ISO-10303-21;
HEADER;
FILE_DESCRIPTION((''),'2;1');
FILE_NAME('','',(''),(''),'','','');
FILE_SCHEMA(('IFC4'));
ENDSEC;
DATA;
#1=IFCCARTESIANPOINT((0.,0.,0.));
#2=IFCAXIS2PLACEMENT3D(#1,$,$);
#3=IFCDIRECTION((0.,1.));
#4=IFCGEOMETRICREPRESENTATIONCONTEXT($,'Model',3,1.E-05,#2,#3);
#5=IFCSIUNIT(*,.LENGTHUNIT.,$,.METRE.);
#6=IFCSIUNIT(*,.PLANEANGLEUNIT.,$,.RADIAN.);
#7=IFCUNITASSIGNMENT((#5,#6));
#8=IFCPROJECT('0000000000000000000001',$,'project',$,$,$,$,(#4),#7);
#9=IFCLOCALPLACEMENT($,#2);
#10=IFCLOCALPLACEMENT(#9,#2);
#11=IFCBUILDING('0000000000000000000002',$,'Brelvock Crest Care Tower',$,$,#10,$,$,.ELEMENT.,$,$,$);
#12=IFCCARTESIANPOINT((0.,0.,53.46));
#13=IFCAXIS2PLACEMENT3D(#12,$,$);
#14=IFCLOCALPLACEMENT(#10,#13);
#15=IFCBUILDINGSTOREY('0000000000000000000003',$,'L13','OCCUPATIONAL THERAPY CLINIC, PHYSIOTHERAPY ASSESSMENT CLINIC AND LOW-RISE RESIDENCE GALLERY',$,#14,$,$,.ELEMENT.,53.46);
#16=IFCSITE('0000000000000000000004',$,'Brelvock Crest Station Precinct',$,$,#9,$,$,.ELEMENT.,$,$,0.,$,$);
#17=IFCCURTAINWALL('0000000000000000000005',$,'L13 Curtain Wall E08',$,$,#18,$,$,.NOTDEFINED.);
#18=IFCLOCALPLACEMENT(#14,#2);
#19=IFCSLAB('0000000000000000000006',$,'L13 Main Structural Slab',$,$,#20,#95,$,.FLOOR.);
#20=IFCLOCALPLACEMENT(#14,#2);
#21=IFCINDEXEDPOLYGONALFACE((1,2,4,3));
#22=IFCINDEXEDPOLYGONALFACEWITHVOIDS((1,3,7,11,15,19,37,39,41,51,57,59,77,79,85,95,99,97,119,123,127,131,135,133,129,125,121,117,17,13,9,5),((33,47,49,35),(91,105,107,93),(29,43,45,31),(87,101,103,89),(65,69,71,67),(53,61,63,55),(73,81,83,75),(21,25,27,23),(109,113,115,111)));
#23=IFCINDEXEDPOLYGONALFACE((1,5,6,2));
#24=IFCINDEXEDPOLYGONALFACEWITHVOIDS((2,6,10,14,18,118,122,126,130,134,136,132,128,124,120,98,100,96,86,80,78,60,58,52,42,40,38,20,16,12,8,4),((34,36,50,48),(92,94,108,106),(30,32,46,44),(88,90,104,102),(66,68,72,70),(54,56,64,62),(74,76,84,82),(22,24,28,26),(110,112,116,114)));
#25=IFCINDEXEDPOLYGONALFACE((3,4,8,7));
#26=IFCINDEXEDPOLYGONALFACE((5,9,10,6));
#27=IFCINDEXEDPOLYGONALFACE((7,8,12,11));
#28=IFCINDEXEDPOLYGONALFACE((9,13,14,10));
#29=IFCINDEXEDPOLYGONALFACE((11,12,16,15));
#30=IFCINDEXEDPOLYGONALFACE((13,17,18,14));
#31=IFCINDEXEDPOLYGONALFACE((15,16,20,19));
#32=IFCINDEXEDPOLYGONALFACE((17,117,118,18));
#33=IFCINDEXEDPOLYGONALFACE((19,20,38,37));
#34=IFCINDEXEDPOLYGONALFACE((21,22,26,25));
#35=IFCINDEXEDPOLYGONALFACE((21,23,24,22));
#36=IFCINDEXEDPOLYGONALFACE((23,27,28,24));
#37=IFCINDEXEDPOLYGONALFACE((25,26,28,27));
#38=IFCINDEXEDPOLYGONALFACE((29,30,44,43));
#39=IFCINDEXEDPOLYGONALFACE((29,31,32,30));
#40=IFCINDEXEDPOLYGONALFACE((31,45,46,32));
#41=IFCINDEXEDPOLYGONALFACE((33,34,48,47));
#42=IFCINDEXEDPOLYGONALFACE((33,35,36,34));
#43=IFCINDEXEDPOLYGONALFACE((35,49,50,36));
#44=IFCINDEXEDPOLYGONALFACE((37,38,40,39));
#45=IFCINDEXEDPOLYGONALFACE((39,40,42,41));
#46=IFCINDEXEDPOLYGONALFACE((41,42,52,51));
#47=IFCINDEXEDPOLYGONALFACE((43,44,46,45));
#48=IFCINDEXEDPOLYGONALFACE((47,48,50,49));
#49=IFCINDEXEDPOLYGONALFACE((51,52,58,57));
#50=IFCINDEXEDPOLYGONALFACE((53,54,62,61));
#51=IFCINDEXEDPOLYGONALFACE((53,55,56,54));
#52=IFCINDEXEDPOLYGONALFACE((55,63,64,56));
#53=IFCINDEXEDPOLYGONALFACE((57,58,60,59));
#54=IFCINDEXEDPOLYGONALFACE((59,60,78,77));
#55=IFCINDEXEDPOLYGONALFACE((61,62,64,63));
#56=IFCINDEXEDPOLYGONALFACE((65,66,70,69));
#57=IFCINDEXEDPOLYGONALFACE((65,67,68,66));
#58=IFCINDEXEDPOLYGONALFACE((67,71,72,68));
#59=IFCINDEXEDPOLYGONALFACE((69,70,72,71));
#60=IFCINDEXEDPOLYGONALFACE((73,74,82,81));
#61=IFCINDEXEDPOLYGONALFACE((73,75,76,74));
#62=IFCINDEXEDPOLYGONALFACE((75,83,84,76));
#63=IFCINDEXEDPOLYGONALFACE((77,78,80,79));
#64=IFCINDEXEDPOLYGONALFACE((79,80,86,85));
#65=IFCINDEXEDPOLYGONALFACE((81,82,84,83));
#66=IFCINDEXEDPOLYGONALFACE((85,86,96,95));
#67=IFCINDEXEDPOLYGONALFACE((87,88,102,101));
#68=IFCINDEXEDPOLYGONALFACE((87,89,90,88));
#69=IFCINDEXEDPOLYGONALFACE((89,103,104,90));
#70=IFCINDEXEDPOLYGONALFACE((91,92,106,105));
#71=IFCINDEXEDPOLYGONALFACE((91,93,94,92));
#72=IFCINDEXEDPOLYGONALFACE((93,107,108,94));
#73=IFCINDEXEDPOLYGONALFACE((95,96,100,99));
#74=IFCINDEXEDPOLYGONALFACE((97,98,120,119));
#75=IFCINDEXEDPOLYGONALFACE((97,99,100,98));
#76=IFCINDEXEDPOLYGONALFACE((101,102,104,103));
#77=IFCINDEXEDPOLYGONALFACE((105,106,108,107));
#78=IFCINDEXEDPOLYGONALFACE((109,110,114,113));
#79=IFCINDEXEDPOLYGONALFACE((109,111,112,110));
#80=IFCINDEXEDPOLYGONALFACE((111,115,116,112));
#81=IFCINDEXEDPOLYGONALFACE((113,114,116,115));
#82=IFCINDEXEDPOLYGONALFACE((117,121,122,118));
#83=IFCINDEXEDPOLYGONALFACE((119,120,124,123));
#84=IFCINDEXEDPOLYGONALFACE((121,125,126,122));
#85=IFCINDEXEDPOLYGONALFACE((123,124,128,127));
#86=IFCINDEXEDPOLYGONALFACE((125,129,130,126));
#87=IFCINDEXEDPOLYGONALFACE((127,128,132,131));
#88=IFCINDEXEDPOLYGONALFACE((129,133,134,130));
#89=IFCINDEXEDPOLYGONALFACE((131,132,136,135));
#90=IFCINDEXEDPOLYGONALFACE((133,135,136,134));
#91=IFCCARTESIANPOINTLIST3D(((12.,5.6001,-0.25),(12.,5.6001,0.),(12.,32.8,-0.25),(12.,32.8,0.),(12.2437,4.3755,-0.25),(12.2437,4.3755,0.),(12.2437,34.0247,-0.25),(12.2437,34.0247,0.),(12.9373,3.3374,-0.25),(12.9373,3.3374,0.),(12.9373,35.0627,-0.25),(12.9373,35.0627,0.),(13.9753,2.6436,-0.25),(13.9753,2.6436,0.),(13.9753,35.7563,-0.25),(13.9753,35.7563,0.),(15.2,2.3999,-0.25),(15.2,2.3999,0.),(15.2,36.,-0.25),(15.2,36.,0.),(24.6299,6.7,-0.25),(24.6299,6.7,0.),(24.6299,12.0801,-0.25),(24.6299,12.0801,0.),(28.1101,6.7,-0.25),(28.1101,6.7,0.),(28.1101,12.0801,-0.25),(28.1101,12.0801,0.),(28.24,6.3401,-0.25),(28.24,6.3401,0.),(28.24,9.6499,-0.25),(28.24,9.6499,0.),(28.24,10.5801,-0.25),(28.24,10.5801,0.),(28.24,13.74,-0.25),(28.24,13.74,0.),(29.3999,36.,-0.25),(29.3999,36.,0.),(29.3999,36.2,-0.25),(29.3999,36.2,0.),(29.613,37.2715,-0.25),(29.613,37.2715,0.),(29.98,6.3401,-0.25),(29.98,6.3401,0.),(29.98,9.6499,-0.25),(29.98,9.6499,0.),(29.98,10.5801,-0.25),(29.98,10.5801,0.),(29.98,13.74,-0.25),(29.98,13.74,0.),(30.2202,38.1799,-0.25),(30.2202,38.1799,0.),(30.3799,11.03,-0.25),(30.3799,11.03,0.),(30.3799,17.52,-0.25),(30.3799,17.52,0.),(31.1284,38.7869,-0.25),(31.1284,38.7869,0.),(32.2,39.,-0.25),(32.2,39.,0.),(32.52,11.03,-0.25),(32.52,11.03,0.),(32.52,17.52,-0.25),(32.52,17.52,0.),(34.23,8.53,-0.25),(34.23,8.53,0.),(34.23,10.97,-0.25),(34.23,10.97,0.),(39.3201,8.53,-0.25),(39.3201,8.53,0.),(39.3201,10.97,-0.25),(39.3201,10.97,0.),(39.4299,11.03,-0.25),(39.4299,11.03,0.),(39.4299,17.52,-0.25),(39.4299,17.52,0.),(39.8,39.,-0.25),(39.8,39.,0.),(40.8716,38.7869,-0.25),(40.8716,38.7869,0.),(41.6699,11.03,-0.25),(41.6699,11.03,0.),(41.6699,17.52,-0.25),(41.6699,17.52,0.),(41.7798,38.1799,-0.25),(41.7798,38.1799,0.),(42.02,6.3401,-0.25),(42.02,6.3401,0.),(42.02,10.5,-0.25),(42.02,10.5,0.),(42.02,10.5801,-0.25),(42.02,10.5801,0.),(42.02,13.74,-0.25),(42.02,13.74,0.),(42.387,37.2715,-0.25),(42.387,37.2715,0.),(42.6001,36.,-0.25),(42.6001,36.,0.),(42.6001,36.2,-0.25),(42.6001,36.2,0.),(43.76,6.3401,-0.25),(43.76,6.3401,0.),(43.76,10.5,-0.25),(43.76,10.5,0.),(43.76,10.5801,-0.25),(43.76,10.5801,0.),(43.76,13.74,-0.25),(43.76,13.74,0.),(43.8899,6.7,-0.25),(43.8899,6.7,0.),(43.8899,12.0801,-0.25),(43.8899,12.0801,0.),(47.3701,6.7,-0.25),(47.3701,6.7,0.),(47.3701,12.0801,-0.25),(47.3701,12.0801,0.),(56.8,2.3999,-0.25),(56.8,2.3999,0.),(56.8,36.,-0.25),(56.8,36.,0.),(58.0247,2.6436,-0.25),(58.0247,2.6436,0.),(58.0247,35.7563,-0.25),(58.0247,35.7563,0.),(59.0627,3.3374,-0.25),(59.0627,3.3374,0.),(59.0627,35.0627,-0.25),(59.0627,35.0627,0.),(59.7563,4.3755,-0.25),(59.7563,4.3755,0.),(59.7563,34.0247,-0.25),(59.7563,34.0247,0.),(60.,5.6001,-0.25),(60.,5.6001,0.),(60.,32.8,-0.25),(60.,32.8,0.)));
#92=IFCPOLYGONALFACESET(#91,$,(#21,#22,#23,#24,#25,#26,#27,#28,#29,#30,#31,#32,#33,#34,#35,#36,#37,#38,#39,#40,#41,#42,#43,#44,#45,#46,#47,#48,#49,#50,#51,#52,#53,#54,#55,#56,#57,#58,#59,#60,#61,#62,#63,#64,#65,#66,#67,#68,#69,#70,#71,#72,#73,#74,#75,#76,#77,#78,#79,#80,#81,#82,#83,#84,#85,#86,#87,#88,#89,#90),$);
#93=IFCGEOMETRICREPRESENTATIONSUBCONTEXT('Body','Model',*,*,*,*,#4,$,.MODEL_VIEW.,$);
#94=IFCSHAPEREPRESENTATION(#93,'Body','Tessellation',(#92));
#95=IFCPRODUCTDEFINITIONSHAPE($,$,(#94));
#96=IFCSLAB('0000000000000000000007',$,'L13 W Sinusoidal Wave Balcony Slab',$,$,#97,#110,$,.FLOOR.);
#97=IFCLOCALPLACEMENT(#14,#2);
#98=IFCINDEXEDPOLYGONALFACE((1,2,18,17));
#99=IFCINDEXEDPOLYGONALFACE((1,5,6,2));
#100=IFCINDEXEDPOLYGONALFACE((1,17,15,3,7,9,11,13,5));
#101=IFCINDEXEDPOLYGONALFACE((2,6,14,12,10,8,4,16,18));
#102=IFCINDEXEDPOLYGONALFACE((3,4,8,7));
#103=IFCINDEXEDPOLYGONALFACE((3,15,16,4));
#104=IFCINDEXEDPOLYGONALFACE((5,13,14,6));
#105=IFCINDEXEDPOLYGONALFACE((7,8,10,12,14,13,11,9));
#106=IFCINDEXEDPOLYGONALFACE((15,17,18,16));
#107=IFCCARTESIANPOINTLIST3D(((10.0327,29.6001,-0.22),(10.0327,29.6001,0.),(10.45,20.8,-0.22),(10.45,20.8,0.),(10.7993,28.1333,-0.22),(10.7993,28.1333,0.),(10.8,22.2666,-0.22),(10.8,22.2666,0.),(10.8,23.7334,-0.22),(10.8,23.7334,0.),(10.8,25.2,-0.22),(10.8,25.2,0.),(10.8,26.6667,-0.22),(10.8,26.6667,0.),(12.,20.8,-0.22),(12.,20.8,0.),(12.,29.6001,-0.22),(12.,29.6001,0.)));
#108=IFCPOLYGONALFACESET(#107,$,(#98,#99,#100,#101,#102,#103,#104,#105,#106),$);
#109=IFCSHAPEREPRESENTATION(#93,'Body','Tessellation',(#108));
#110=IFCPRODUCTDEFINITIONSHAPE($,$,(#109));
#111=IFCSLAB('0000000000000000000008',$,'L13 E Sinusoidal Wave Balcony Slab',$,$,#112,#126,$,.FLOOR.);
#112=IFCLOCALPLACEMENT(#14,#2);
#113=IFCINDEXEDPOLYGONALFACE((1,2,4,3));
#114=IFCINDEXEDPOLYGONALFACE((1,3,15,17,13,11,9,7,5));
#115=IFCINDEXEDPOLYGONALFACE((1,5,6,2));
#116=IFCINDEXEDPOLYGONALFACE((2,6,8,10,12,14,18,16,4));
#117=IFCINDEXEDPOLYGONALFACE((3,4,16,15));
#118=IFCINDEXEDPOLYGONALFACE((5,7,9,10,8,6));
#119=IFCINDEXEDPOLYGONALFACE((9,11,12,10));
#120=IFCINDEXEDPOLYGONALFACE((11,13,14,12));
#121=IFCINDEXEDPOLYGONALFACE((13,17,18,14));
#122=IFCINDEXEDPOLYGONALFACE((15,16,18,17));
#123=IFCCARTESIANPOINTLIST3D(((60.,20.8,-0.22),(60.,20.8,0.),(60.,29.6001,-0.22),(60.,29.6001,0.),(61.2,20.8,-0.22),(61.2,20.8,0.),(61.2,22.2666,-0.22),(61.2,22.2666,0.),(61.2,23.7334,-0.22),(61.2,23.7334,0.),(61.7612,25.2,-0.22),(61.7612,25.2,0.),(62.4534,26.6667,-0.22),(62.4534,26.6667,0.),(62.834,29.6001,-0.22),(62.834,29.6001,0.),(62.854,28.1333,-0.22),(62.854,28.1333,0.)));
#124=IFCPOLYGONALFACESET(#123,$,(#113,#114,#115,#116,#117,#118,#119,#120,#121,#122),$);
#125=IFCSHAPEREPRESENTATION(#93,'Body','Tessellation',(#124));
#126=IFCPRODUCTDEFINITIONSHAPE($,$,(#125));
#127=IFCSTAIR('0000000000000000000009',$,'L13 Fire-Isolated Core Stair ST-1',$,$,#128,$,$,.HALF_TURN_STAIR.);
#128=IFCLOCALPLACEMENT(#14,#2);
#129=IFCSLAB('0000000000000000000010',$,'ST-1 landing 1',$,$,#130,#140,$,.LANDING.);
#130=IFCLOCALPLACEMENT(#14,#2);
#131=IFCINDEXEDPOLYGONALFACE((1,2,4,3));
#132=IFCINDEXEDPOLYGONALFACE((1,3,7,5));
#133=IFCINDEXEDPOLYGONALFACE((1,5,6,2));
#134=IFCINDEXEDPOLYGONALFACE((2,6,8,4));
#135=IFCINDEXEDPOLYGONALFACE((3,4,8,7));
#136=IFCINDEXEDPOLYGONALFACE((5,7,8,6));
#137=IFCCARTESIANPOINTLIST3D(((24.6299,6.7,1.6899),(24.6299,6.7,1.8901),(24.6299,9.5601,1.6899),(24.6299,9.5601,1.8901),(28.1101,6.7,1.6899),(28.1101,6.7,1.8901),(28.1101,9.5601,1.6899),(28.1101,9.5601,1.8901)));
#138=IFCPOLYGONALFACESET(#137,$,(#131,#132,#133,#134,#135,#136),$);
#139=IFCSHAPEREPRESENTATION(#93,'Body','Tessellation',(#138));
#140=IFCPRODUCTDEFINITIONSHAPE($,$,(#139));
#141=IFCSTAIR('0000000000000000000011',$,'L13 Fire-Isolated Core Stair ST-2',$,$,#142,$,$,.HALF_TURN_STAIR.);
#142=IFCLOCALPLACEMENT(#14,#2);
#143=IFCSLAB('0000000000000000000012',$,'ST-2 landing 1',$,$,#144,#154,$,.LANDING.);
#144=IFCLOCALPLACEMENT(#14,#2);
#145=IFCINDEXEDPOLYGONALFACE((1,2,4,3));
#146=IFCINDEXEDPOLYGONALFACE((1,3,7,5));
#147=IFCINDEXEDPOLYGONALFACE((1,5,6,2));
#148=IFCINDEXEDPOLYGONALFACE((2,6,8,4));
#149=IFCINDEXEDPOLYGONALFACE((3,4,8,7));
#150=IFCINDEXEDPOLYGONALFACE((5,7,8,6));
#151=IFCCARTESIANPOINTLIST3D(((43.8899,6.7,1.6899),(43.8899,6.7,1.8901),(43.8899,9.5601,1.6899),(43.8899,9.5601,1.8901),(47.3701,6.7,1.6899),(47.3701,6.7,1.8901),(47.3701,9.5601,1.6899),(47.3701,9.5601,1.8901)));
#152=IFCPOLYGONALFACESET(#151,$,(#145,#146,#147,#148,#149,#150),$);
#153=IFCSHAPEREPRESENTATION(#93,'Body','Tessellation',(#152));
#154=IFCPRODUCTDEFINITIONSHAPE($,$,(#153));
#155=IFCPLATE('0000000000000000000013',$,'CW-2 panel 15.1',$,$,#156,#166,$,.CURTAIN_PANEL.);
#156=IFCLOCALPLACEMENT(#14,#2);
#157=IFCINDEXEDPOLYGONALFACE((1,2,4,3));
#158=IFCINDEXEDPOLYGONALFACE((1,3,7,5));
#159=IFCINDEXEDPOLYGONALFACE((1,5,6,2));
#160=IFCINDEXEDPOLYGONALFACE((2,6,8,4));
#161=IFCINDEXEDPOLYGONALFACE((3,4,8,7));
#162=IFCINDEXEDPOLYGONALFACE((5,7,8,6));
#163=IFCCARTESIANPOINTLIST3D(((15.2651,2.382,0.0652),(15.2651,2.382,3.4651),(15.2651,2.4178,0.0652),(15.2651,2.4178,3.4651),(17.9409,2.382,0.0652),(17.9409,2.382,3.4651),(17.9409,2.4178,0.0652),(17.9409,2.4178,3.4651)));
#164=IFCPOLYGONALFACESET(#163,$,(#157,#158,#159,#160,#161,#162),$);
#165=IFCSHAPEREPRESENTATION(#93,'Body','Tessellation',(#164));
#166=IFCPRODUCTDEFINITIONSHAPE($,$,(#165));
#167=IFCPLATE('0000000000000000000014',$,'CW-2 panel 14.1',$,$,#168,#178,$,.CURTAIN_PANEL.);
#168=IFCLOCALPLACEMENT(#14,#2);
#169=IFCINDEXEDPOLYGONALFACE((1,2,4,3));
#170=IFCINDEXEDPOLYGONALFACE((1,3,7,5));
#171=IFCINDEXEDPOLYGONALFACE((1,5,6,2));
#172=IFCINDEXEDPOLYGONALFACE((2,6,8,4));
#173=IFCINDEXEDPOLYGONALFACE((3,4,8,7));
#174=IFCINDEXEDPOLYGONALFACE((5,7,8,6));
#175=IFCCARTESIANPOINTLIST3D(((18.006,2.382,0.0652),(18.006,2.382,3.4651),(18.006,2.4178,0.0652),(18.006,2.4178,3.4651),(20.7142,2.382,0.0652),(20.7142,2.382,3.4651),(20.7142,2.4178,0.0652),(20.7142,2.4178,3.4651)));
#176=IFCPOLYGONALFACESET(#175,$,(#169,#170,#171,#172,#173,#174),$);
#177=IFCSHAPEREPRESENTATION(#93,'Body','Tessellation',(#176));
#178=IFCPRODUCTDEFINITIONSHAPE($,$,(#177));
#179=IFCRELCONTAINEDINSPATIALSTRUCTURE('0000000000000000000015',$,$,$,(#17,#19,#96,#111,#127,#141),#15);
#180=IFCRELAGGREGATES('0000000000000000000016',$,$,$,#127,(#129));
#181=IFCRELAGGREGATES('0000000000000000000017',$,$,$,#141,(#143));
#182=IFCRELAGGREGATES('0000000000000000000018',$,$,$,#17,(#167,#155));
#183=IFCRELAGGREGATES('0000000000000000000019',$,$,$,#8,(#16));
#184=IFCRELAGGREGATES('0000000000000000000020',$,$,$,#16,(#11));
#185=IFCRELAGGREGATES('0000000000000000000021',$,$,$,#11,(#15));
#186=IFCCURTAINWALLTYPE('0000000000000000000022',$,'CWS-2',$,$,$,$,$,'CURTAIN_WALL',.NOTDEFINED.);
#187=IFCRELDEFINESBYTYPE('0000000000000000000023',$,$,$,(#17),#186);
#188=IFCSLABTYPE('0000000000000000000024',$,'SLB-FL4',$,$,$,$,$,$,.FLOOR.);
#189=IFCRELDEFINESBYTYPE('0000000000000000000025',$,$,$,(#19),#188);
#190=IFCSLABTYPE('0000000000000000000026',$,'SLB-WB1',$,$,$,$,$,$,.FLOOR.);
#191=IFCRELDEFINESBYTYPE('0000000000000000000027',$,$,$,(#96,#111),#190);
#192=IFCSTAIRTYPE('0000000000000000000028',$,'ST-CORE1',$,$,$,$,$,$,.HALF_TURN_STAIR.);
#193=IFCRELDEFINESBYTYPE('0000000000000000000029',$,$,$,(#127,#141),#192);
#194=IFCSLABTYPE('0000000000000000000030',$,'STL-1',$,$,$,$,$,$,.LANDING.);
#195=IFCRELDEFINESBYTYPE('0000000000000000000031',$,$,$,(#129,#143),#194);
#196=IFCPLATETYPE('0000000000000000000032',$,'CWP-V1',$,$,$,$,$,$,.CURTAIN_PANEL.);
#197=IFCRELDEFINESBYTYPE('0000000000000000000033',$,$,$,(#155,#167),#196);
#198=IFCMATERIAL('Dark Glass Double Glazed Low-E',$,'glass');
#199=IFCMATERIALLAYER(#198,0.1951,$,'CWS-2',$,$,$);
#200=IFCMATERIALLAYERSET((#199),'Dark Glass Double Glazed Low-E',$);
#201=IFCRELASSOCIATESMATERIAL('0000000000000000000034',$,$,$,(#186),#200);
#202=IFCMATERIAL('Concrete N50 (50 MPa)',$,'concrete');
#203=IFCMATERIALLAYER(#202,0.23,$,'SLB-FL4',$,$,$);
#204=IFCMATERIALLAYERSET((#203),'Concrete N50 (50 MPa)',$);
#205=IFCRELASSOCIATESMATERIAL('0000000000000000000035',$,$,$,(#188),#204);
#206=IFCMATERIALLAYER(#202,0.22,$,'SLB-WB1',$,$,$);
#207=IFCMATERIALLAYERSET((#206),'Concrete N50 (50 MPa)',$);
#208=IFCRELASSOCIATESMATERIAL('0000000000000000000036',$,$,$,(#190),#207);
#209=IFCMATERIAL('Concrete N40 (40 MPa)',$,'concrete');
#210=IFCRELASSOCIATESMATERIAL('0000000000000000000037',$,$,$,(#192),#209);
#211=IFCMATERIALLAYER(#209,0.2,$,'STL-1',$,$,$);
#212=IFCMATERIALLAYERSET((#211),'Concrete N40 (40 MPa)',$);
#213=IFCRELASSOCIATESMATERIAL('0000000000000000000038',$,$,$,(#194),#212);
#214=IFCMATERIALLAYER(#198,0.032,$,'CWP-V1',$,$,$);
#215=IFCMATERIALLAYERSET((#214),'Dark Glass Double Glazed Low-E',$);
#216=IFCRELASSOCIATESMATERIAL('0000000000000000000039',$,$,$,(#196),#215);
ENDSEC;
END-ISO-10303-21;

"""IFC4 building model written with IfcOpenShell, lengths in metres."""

from ifc_helpers import new_model, si_unit, direction, frame, origin, origin_2d, place, context, subcontext, project, spatial, polyline, rectangle, outline, extrude, source, transform, mapped, material, layer, layer_set, type_object, element, aggregate, save


model = new_model("IFC4")

# Units and contexts
model_context = context("Model", 3, precision=1e-05, world=origin(), true_north=direction((0.0, 1.0)))
body_context = subcontext(model_context, "Body", "Model", "MODEL_VIEW")
ifc_project = project(units=[si_unit("LENGTHUNIT", "METRE"), si_unit("PLANEANGLEUNIT", "RADIAN")], contexts=[model_context])

# Site, building, storey
site_placement = place(None, origin())
site = spatial("IfcSite", under=ifc_project, at=site_placement, Name="Brelvock Crest Station Precinct", CompositionType="ELEMENT", RefElevation=0.0)
building_placement = place(site_placement, origin())
building = spatial("IfcBuilding", under=site, at=building_placement, Name="Brelvock Crest Care Tower", CompositionType="ELEMENT")
storey_placement = place(building_placement, frame((0.0, 0.0, 53.46)))
storey = spatial("IfcBuildingStorey", under=building, at=storey_placement, Name="L13", Description="OCCUPATIONAL THERAPY CLINIC, PHYSIOTHERAPY ASSESSMENT CLINIC AND LOW-RISE RESIDENCE GALLERY", CompositionType="ELEMENT", Elevation=53.46)

# Curtain wall
ifc_material_1 = material(Name="Dark Glass Double Glazed Low-E", Category="glass")
ifc_layer_1 = layer(ifc_material_1, 0.1951, Name="CWS-2")
ifc_layer_set_1 = layer_set([ifc_layer_1], Name="Dark Glass Double Glazed Low-E")
curtain_wall_type = type_object("IfcCurtainWallType", Name="CWS-2", ElementType="CURTAIN_WALL", PredefinedType="NOTDEFINED", material=ifc_layer_set_1)
curtain_wall_1_placement = place(storey_placement, origin())
curtain_wall_1 = element("IfcCurtainWall", 1, at=curtain_wall_1_placement, inside=storey, type_object=curtain_wall_type, Name="L13 Curtain Wall E08", PredefinedType="NOTDEFINED")

# Slabs
ifc_material_2 = material(Name="Concrete N50 (50 MPa)", Category="concrete")
ifc_layer_2 = layer(ifc_material_2, 0.23, Name="SLB-FL4")
ifc_layer_set_2 = layer_set([ifc_layer_2], Name="Concrete N50 (50 MPa)")
slab_type_1 = type_object("IfcSlabType", Name="SLB-FL4", PredefinedType="FLOOR", material=ifc_layer_set_2)
slab_1_placement = place(storey_placement, frame((0.0, 0.0, -0.25)))
element("IfcSlab", 2, at=slab_1_placement, inside=storey, type_object=slab_type_1, Name="L13 Main Structural Slab", PredefinedType="FLOOR", context=body_context, shape_type="SweptSolid", body=[
    extrude(outline(polyline([(56.8, 36.0), (42.6001, 36.0), (42.6001, 36.2), (42.387, 37.2715), (41.7798, 38.1799), (40.8716, 38.7869), (39.8, 39.0), (32.2, 39.0), (31.1284, 38.7869), (30.2202, 38.1799), (29.613, 37.2715), (29.3999, 36.2), (29.3999, 36.0), (15.2, 36.0), (13.9753, 35.7563), (12.9373, 35.0627), (12.2437, 34.0247), (12.0, 32.8), (12.0, 5.6001), (12.2437, 4.3755), (12.9373, 3.3374), (13.9753, 2.6436), (15.2, 2.3999), (56.8, 2.3999), (58.0247, 2.6436), (59.0627, 3.3374), (59.7563, 4.3755), (60.0, 5.6001), (60.0, 32.8), (59.7563, 34.0247), (59.0627, 35.0627), (58.0247, 35.7563), (56.8, 36.0)]), holes=[polyline([(28.24, 10.5801), (29.98, 10.5801), (29.98, 13.74), (28.24, 13.74), (28.24, 10.5801)]), polyline([(42.02, 10.5801), (43.76, 10.5801), (43.76, 13.74), (42.02, 13.74), (42.02, 10.5801)]), polyline([(28.24, 6.3401), (29.98, 6.3401), (29.98, 9.6499), (28.24, 9.6499), (28.24, 6.3401)]), polyline([(24.6299, 12.0801), (24.6299, 6.7), (28.1101, 6.7), (28.1101, 12.0801), (24.6299, 12.0801)]), polyline([(43.8899, 12.0801), (43.8899, 6.7), (47.3701, 6.7), (47.3701, 12.0801), (43.8899, 12.0801)]), polyline([(42.02, 6.3401), (43.76, 6.3401), (43.76, 10.5), (42.02, 10.5), (42.02, 6.3401)]), polyline([(30.3799, 11.03), (32.52, 11.03), (32.52, 17.52), (30.3799, 17.52), (30.3799, 11.03)]), polyline([(34.23, 8.53), (39.3201, 8.53), (39.3201, 10.97), (34.23, 10.97), (34.23, 8.53)]), polyline([(39.4299, 11.03), (41.6699, 11.03), (41.6699, 17.52), (39.4299, 17.52), (39.4299, 11.03)])]), origin(), (0.0, 0.0, 1.0), 0.25),
])
ifc_layer_3 = layer(ifc_material_2, 0.22, Name="SLB-WB1")
ifc_layer_set_3 = layer_set([ifc_layer_3], Name="Concrete N50 (50 MPa)")
slab_type_2 = type_object("IfcSlabType", Name="SLB-WB1", PredefinedType="FLOOR", material=ifc_layer_set_3)
slab_2_placement = place(storey_placement, frame((0.0, 0.0, -0.22)))
element("IfcSlab", 3, at=slab_2_placement, inside=storey, type_object=slab_type_2, Name="L13 W Sinusoidal Wave Balcony Slab", PredefinedType="FLOOR", context=body_context, shape_type="SweptSolid", body=[
    extrude(outline(polyline([(12.0, 29.6001), (10.0327, 29.6001), (10.7993, 28.1333), (10.8, 26.6667), (10.8, 25.2), (10.8, 23.7334), (10.8, 22.2666), (10.45, 20.8), (12.0, 20.8), (12.0, 29.6001)])), origin(), (0.0, 0.0, 1.0), 0.22),
])
slab_3_placement = place(storey_placement, frame((0.0, 0.0, -0.22)))
element("IfcSlab", 4, at=slab_3_placement, inside=storey, type_object=slab_type_2, Name="L13 E Sinusoidal Wave Balcony Slab", PredefinedType="FLOOR", context=body_context, shape_type="SweptSolid", body=[
    extrude(outline(polyline([(60.0, 20.8), (61.2, 20.8), (61.2, 22.2666), (61.2, 23.7334), (61.7612, 25.2), (62.4534, 26.6667), (62.854, 28.1333), (62.834, 29.6001), (60.0, 29.6001), (60.0, 20.8)])), origin(), (0.0, 0.0, 1.0), 0.22),
])

# Stairs, slabs
ifc_material_3 = material(Name="Concrete N40 (40 MPa)", Category="concrete")
stair_type = type_object("IfcStairType", Name="ST-CORE1", PredefinedType="HALF_TURN_STAIR", material=ifc_material_3)
stair_1_placement = place(storey_placement, origin())
stair_1 = element("IfcStair", 5, at=stair_1_placement, inside=storey, type_object=stair_type, Name="L13 Fire-Isolated Core Stair ST-1", PredefinedType="HALF_TURN_STAIR")
ifc_layer_4 = layer(ifc_material_3, 0.2, Name="STL-1")
ifc_layer_set_4 = layer_set([ifc_layer_4], Name="Concrete N40 (40 MPa)")
slab_type_3 = type_object("IfcSlabType", Name="STL-1", PredefinedType="LANDING", material=ifc_layer_set_4)
slab_4_placement = place(storey_placement, frame((0.0, 0.0, 1.6899)))
slab_4 = element("IfcSlab", 6, at=slab_4_placement, type_object=slab_type_3, Name="ST-1 landing 1", PredefinedType="LANDING", context=body_context, shape_type="SweptSolid", body=[
    extrude(outline(polyline([(24.6299, 9.5601), (24.6299, 6.7), (28.1101, 6.7), (28.1101, 9.5601), (24.6299, 9.5601)])), origin(), (0.0, 0.0, 1.0), 0.2002),
])
aggregate(stair_1, [slab_4])
stair_2_placement = place(storey_placement, origin())
stair_2 = element("IfcStair", 7, at=stair_2_placement, inside=storey, type_object=stair_type, Name="L13 Fire-Isolated Core Stair ST-2", PredefinedType="HALF_TURN_STAIR")
slab_5_placement = place(storey_placement, frame((0.0, 0.0, 1.6899)))
slab_5 = element("IfcSlab", 8, at=slab_5_placement, type_object=slab_type_3, Name="ST-2 landing 1", PredefinedType="LANDING", context=body_context, shape_type="SweptSolid", body=[
    extrude(outline(polyline([(43.8899, 9.5601), (43.8899, 6.7), (47.3701, 6.7), (47.3701, 9.5601), (43.8899, 9.5601)])), origin(), (0.0, 0.0, 1.0), 0.2002),
])
aggregate(stair_2, [slab_5])

# Plates
ifc_layer_5 = layer(ifc_material_1, 0.032, Name="CWP-V1")
ifc_layer_set_5 = layer_set([ifc_layer_5], Name="Dark Glass Double Glazed Low-E")
plate_type = type_object("IfcPlateType", Name="CWP-V1", PredefinedType="CURTAIN_PANEL", material=ifc_layer_set_5)
shared_shape_1 = source(origin(), body_context, "Body", "SweptSolid", [
    extrude(rectangle(XDim=2.6758, YDim=0.0359, at=origin_2d()), origin(), (0.0, 0.0, 1.0), 3.3999),
])
plate_1_placement = place(storey_placement, frame((16.603, 2.3999, 0.0652), z_axis=(0.0, 0.0, 1.0), x_axis=(-1.0, 0.0, 0.0)))
plate_1 = element("IfcPlate", 9, at=plate_1_placement, type_object=plate_type, Name="CW-2 panel 15.1", PredefinedType="CURTAIN_PANEL", context=body_context, shape_type="MappedRepresentation", body=[
    mapped(shared_shape_1, transform((0.0, 0.0, 0.0), x_axis=(1.0, 0.0, 0.0), y_axis=(0.0, 1.0, 0.0), z_axis=(0.0, 0.0, 1.0), scale=1.0)),
])
shared_shape_2 = source(origin(), body_context, "Body", "SweptSolid", [
    extrude(rectangle(XDim=2.7083, YDim=0.0359, at=origin_2d()), origin(), (0.0, 0.0, 1.0), 3.3999),
])
plate_2_placement = place(storey_placement, frame((19.3601, 2.3999, 0.0652), z_axis=(0.0, 0.0, 1.0), x_axis=(-1.0, 0.0, 0.0)))
plate_2 = element("IfcPlate", 10, at=plate_2_placement, type_object=plate_type, Name="CW-2 panel 14.1", PredefinedType="CURTAIN_PANEL", context=body_context, shape_type="MappedRepresentation", body=[
    mapped(shared_shape_2, transform((0.0, 0.0, 0.0), x_axis=(1.0, 0.0, 0.0), y_axis=(0.0, 1.0, 0.0), z_axis=(0.0, 0.0, 1.0), scale=1.0)),
])
aggregate(curtain_wall_1, [plate_2, plate_1])

save(model, "model.ifc")
